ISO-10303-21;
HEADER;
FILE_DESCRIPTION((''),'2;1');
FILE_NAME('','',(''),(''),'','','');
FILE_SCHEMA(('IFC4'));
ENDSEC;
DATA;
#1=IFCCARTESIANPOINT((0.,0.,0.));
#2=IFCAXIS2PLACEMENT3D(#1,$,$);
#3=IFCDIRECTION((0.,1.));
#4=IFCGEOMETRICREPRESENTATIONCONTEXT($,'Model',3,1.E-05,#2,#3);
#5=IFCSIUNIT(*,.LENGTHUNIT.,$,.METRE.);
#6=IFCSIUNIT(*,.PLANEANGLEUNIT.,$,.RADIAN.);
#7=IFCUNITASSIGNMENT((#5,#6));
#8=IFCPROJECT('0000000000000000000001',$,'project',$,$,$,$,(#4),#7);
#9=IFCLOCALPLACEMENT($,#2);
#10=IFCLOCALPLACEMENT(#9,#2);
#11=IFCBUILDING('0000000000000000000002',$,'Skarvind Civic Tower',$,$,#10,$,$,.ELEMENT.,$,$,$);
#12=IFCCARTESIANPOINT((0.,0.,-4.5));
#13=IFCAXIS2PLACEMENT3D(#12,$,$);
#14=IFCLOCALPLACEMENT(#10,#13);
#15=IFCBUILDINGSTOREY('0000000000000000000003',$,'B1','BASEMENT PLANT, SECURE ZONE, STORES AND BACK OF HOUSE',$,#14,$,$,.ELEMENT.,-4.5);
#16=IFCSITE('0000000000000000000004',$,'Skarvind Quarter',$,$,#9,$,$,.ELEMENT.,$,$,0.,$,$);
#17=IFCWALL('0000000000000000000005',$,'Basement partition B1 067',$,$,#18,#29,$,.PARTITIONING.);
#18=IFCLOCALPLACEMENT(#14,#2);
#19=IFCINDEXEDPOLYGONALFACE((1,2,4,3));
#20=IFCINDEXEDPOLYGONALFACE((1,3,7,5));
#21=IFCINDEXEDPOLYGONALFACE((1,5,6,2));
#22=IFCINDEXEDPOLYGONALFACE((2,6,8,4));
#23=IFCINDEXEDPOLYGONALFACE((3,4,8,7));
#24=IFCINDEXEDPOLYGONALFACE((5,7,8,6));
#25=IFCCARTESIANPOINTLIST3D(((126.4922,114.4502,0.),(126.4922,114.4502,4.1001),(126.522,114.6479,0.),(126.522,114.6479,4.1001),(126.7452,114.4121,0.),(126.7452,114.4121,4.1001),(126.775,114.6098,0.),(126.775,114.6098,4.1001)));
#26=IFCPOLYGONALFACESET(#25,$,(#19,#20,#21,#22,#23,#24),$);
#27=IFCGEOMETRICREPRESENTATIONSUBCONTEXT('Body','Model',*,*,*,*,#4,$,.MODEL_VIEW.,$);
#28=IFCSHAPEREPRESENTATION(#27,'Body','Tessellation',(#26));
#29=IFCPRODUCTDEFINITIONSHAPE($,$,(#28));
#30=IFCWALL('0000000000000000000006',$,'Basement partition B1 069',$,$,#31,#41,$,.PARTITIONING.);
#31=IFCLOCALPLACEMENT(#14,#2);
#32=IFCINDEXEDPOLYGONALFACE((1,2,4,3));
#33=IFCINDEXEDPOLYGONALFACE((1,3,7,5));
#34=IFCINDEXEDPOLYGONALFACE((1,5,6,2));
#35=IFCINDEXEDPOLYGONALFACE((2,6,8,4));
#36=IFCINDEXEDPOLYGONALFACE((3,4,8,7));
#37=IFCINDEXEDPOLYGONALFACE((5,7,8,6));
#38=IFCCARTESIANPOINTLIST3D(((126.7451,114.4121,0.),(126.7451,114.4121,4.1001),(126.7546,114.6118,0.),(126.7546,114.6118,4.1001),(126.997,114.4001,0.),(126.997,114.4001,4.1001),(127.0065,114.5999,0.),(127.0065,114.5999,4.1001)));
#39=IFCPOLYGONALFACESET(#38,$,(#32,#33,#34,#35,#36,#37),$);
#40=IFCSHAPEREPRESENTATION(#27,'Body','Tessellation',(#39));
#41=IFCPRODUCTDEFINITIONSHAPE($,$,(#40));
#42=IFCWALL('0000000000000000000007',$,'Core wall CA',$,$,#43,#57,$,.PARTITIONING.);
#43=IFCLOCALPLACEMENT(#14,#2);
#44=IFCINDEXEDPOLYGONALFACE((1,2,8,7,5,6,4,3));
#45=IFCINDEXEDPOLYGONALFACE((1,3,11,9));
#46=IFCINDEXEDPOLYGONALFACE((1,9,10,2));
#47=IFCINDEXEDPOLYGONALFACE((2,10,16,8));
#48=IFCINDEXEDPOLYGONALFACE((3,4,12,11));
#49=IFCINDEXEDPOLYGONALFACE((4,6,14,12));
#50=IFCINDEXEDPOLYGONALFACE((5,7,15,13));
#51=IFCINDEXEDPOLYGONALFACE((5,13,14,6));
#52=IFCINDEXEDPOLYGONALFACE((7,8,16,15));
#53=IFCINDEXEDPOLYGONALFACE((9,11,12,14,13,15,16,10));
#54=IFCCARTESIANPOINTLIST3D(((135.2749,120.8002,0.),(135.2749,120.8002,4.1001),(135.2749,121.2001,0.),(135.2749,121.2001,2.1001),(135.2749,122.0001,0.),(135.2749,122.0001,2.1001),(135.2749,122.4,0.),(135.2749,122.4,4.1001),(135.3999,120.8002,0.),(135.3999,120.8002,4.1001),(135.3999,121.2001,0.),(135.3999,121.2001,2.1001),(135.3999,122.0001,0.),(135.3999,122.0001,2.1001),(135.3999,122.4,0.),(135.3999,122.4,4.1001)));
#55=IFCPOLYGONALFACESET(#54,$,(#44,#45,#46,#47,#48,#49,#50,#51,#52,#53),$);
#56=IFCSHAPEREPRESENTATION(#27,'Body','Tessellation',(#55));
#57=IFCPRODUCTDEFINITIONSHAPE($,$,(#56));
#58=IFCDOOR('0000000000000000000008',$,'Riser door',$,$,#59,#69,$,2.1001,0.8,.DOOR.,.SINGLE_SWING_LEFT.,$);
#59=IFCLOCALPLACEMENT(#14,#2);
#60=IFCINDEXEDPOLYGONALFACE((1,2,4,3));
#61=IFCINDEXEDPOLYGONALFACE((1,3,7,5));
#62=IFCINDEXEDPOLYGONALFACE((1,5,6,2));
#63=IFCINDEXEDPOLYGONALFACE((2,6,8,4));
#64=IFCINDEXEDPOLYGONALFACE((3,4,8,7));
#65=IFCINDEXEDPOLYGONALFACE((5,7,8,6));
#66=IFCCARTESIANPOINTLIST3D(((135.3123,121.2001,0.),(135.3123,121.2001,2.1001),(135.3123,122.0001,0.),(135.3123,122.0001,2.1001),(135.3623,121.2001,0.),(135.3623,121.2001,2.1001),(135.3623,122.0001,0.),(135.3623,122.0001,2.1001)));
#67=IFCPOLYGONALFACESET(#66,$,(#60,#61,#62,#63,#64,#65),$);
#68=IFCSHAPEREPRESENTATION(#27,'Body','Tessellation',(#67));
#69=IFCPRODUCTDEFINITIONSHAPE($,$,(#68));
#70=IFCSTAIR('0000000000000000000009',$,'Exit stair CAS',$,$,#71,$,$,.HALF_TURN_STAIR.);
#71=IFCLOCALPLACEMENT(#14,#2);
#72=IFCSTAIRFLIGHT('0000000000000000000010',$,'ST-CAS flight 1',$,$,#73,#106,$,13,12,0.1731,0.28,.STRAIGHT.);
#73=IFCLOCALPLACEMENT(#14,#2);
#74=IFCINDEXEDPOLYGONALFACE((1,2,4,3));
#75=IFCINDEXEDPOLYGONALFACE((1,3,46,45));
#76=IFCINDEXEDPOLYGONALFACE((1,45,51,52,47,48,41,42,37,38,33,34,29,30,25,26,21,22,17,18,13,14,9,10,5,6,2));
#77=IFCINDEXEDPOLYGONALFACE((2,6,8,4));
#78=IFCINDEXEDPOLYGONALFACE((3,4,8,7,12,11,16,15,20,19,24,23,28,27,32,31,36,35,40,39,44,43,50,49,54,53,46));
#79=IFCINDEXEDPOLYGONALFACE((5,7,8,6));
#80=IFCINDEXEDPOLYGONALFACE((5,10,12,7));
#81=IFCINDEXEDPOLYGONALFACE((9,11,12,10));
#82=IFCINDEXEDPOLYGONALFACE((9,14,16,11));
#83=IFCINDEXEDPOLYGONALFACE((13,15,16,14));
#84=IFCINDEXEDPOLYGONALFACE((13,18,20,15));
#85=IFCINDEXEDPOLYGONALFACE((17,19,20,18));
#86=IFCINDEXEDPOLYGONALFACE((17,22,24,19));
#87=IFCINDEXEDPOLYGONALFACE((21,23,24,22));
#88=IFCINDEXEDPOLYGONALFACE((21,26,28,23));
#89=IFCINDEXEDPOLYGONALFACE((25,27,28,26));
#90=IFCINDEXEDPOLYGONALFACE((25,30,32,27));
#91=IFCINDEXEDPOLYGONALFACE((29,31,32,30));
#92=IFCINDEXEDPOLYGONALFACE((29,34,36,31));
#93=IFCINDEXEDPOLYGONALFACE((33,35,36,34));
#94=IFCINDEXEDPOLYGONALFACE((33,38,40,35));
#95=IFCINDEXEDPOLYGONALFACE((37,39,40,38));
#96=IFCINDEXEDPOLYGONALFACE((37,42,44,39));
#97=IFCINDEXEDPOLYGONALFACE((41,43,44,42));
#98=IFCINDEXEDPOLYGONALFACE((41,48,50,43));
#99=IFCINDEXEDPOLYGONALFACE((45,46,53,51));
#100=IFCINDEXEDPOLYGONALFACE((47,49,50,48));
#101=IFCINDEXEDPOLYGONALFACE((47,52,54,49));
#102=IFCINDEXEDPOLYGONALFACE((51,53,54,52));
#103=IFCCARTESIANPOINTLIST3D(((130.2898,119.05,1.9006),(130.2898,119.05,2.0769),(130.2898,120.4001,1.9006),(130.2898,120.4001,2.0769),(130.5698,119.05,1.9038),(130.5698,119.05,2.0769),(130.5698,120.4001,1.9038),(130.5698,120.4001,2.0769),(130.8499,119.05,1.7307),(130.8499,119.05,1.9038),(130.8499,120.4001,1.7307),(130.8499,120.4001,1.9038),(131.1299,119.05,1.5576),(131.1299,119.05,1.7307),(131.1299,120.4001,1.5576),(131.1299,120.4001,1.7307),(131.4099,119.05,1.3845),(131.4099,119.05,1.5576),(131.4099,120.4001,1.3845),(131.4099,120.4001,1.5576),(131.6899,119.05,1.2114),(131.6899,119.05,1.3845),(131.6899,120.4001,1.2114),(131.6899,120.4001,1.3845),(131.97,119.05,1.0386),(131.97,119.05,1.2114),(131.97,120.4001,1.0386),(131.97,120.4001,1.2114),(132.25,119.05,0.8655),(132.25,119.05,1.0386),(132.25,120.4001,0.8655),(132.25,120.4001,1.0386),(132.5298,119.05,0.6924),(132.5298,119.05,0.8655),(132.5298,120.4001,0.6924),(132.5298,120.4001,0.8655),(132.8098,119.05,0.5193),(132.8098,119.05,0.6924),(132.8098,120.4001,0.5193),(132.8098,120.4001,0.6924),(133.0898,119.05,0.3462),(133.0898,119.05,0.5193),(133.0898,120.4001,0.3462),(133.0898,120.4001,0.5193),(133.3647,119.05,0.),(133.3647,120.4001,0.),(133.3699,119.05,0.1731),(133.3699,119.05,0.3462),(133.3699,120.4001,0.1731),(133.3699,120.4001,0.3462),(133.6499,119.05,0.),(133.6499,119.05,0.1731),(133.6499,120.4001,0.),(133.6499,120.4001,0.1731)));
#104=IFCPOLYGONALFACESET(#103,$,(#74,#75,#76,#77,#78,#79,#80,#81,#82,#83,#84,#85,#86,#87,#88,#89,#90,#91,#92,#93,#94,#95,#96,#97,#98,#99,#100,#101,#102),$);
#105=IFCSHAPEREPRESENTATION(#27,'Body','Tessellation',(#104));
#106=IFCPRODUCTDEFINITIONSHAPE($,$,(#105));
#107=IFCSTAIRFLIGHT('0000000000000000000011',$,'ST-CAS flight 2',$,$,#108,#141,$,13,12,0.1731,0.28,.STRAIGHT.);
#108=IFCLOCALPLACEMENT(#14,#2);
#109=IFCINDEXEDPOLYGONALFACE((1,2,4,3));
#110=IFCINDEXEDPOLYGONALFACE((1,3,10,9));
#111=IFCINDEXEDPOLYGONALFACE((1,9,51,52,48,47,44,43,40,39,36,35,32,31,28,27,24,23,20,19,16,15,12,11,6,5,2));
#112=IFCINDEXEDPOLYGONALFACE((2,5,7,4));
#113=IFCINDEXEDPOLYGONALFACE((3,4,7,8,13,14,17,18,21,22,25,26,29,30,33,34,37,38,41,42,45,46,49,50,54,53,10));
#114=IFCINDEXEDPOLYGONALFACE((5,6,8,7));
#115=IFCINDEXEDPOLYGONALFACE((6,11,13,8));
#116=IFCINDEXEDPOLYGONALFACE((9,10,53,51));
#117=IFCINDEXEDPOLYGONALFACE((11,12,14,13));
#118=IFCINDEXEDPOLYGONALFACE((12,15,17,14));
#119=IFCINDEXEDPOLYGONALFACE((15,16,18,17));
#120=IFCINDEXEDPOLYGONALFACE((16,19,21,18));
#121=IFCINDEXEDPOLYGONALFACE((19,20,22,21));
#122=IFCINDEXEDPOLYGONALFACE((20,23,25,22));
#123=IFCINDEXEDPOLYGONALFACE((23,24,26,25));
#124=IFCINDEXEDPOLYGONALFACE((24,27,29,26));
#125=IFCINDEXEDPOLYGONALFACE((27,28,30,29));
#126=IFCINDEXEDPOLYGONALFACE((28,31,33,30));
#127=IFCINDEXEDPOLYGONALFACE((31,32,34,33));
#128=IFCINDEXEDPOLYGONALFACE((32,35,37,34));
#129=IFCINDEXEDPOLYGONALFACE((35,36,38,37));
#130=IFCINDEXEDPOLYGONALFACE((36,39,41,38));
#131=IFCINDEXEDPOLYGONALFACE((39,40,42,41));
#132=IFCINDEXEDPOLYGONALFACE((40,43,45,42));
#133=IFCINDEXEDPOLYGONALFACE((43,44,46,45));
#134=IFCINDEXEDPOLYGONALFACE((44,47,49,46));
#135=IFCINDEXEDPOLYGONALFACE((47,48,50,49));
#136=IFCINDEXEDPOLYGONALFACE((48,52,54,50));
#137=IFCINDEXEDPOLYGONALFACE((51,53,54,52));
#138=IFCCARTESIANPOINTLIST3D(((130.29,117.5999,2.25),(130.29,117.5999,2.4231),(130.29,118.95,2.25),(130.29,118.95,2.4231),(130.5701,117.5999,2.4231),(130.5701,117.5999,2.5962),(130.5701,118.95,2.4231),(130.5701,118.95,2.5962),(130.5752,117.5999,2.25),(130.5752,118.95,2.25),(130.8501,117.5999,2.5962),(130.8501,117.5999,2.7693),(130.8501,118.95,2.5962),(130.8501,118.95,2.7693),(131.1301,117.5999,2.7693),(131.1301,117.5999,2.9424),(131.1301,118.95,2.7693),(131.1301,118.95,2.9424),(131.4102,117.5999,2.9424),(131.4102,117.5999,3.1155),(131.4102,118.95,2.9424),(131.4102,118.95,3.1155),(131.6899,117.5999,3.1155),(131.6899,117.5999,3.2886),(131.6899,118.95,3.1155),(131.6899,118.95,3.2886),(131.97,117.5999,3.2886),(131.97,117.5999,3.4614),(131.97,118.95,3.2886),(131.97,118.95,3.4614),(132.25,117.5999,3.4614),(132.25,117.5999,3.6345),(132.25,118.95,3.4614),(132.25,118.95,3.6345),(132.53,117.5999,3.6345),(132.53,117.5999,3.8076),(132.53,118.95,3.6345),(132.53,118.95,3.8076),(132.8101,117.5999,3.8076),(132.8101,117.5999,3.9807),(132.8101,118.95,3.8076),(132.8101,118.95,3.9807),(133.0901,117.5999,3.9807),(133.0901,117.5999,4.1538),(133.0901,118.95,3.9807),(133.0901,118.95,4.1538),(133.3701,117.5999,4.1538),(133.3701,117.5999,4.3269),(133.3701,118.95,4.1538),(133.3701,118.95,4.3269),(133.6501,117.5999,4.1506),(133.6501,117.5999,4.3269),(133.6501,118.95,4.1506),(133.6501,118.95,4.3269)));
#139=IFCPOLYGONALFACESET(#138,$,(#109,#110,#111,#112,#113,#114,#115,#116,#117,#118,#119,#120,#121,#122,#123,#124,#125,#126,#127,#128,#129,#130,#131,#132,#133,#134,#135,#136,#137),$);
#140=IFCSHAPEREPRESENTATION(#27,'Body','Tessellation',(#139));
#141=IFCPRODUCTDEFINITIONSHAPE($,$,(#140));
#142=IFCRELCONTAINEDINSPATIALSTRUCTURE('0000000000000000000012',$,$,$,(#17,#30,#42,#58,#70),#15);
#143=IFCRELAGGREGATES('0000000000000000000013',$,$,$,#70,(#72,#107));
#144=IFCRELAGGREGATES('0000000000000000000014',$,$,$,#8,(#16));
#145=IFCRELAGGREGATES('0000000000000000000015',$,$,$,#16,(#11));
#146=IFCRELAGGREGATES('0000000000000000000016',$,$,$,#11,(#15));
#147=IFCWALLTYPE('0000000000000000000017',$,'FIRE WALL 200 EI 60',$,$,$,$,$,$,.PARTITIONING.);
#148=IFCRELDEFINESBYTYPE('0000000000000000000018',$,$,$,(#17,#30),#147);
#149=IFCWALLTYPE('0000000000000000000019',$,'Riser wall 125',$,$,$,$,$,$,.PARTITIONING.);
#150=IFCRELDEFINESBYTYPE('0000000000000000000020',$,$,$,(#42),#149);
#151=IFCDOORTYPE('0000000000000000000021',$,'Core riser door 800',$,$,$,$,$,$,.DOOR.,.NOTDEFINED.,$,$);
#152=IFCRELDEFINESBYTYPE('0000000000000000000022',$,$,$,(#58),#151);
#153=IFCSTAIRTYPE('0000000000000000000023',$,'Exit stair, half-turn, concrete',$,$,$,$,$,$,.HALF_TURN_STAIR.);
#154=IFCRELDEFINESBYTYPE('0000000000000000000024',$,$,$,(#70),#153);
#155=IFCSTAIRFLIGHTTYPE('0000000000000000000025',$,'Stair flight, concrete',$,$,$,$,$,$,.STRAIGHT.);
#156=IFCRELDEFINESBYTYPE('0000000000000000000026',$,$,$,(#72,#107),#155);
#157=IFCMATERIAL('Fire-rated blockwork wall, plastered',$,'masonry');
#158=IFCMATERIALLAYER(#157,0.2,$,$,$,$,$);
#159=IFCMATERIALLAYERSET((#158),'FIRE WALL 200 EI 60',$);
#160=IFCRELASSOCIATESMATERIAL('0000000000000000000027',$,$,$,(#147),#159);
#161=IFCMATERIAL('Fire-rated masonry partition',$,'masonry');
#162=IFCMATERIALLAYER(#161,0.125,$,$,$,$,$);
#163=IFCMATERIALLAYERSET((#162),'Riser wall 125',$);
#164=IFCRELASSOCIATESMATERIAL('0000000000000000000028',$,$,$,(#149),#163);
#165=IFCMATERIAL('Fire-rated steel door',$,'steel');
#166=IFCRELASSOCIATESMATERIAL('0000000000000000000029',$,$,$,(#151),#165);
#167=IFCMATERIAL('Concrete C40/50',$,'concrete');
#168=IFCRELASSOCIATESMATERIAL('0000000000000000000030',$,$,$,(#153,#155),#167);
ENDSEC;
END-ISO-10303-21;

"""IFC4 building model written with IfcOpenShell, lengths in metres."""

from ifc_helpers import new_model, si_unit, direction, frame, frame_2d, origin, place, context, subcontext, project, spatial, polyline, rectangle, outline, extrude, material, layer, layer_set, type_object, element, fill, aggregate, save


model = new_model("IFC4")

# Units and contexts
model_context = context("Model", 3, precision=1e-05, world=origin(), true_north=direction((0.0, 1.0)))
body_context = subcontext(model_context, "Body", "Model", "MODEL_VIEW")
ifc_project = project(units=[si_unit("LENGTHUNIT", "METRE"), si_unit("PLANEANGLEUNIT", "RADIAN")], contexts=[model_context])

# Site, building, storey
site_placement = place(None, origin())
site = spatial("IfcSite", under=ifc_project, at=site_placement, Name="Skarvind Quarter", CompositionType="ELEMENT", RefElevation=0.0)
building_placement = place(site_placement, origin())
building = spatial("IfcBuilding", under=site, at=building_placement, Name="Skarvind Civic Tower", CompositionType="ELEMENT")
storey_placement = place(building_placement, frame((0.0, 0.0, -4.5)))
storey = spatial("IfcBuildingStorey", under=building, at=storey_placement, Name="B1", Description="BASEMENT PLANT, SECURE ZONE, STORES AND BACK OF HOUSE", CompositionType="ELEMENT", Elevation=-4.5)

# Shared definitions
ifc_material_1 = material(Name="Fire-rated steel door", Category="steel")

# Walls
ifc_material_2 = material(Name="Fire-rated blockwork wall, plastered", Category="masonry")
ifc_layer_1 = layer(ifc_material_2, 0.2)
ifc_layer_set_1 = layer_set([ifc_layer_1], Name="FIRE WALL 200 EI 60")
wall_type_1 = type_object("IfcWallType", Name="FIRE WALL 200 EI 60", PredefinedType="PARTITIONING", material=ifc_layer_set_1)
wall_1_placement = place(storey_placement, frame((126.5071, 114.5491, 0.0), z_axis=(0.0, 0.0, 1.0), x_axis=(0.988852, -0.148901, 0.0)))
element("IfcWall", 1, at=wall_1_placement, inside=storey, type_object=wall_type_1, Name="Basement partition B1 067", PredefinedType="PARTITIONING", context=body_context, shape_type="SweptSolid", body=[
    extrude(rectangle(XDim=0.2559, YDim=0.2, at=frame_2d((0.1279, 0.0))), origin(), (0.0, 0.0, 1.0), 4.1001),
])
wall_2_placement = place(storey_placement, frame((126.75, 114.512, 0.0), z_axis=(0.0, 0.0, 1.0), x_axis=(0.998875, -0.047427, 0.0)))
element("IfcWall", 2, at=wall_2_placement, inside=storey, type_object=wall_type_1, Name="Basement partition B1 069", PredefinedType="PARTITIONING", context=body_context, shape_type="SweptSolid", body=[
    extrude(rectangle(XDim=0.2522, YDim=0.2, at=frame_2d((0.126, 0.0))), origin(), (0.0, 0.0, 1.0), 4.1001),
])

# Wall, opening, door
ifc_material_3 = material(Name="Fire-rated masonry partition", Category="masonry")
ifc_layer_2 = layer(ifc_material_3, 0.125)
ifc_layer_set_2 = layer_set([ifc_layer_2], Name="Riser wall 125")
wall_type_2 = type_object("IfcWallType", Name="Riser wall 125", PredefinedType="PARTITIONING", material=ifc_layer_set_2)
wall_3_placement = place(storey_placement, frame((135.3374, 122.3999, 0.0), z_axis=(0.0, 0.0, 1.0), x_axis=(0.0, -1.0, 0.0)))
wall_3 = element("IfcWall", 3, at=wall_3_placement, inside=storey, type_object=wall_type_2, Name="Core wall CA", PredefinedType="PARTITIONING", context=body_context, shape_type="SweptSolid", body=[
    extrude(rectangle(XDim=1.5999, YDim=0.125, at=frame_2d((0.7998, 0.0))), origin(), (0.0, 0.0, 1.0), 4.1001),
])
opening_1_placement = place(wall_3_placement, frame((0.3999, 0.0, 0.0)))
opening_1 = element("IfcOpeningElement", 4, at=opening_1_placement, cuts=wall_3, PredefinedType="OPENING", context=body_context, shape_type="SweptSolid", body=[
    extrude(rectangle(XDim=0.8, YDim=2.1001, at=frame_2d((0.3999, 1.05))), frame((0.0, 0.0725, 0.0), z_axis=(0.0, -1.0, 0.0), x_axis=(1.0, 0.0, 0.0)), (0.0, 0.0, 1.0), 0.145),
])
door_type_1 = type_object("IfcDoorType", Name="Core riser door 800", OperationType="NOTDEFINED", PredefinedType="DOOR", material=ifc_material_1)
door_1_placement = place(opening_1_placement, origin())
door_1 = element("IfcDoor", 5, at=door_1_placement, inside=storey, type_object=door_type_1, Name="Riser door", OperationType="SINGLE_SWING_LEFT", OverallHeight=2.1001, OverallWidth=0.8, PredefinedType="DOOR", context=body_context, shape_type="SweptSolid", body=[
    extrude(rectangle(XDim=0.8, YDim=2.1001, at=frame_2d((0.3999, 1.05))), frame((0.0, 0.0249, 0.0), z_axis=(0.0, -1.0, 0.0), x_axis=(1.0, 0.0, 0.0)), (0.0, 0.0, 1.0), 0.05),
])
fill(opening_1, door_1)

# Stair, stair flights
ifc_material_4 = material(Name="Concrete C40/50", Category="concrete")
stair_type = type_object("IfcStairType", Name="Exit stair, half-turn, concrete", PredefinedType="HALF_TURN_STAIR", material=ifc_material_4)
stair_placement = place(storey_placement, origin())
stair = element("IfcStair", 6, at=stair_placement, inside=storey, type_object=stair_type, Name="Exit stair CAS", PredefinedType="HALF_TURN_STAIR")
stair_flight_type = type_object("IfcStairFlightType", Name="Stair flight, concrete", PredefinedType="STRAIGHT", material=ifc_material_4)
stair_flight_1_placement = place(storey_placement, frame((133.6499, 119.7251, 0.0), z_axis=(0.0, 0.0, 1.0), x_axis=(-1.0, 0.0, 0.0)))
stair_flight_1 = element("IfcStairFlight", 7, at=stair_flight_1_placement, type_object=stair_flight_type, Name="ST-CAS flight 1", NumberOfRisers=13, NumberOfTreads=12, PredefinedType="STRAIGHT", RiserHeight=0.1731, TreadLength=0.28, context=body_context, shape_type="SweptSolid", body=[
    extrude(outline(polyline([(0.0, 0.0), (0.0, 0.1731), (0.28, 0.1731), (0.28, 0.3462), (0.5601, 0.3462), (0.5601, 0.5193), (0.8401, 0.5193), (0.8401, 0.6924), (1.1201, 0.6924), (1.1201, 0.8655), (1.3999, 0.8655), (1.3999, 1.0386), (1.6799, 1.0386), (1.6799, 1.2114), (1.96, 1.2114), (1.96, 1.3845), (2.24, 1.3845), (2.24, 1.5576), (2.52, 1.5576), (2.52, 1.7307), (2.8, 1.7307), (2.8, 1.9038), (3.0801, 1.9038), (3.0801, 2.0769), (3.3601, 2.0769), (3.3601, 2.25), (3.3601, 1.9006), (0.2852, 0.0), (0.0, 0.0)])), frame((0.0, 0.675, 0.0), z_axis=(0.0, -1.0, 0.0), x_axis=(1.0, 0.0, 0.0)), (0.0, 0.0, 1.0), 1.3501),
])
stair_flight_2_placement = place(storey_placement, frame((130.29, 118.2749, 2.25), z_axis=(0.0, 0.0, 1.0), x_axis=(1.0, 0.0, 0.0)))
stair_flight_2 = element("IfcStairFlight", 8, at=stair_flight_2_placement, type_object=stair_flight_type, Name="ST-CAS flight 2", NumberOfRisers=13, NumberOfTreads=12, PredefinedType="STRAIGHT", RiserHeight=0.1731, TreadLength=0.28, context=body_context, shape_type="SweptSolid", body=[
    extrude(outline(polyline([(0.0, 0.0), (0.0, 0.1731), (0.28, 0.1731), (0.28, 0.3462), (0.5601, 0.3462), (0.5601, 0.5193), (0.8401, 0.5193), (0.8401, 0.6924), (1.1201, 0.6924), (1.1201, 0.8655), (1.3999, 0.8655), (1.3999, 1.0386), (1.6799, 1.0386), (1.6799, 1.2114), (1.96, 1.2114), (1.96, 1.3845), (2.24, 1.3845), (2.24, 1.5576), (2.52, 1.5576), (2.52, 1.7307), (2.8, 1.7307), (2.8, 1.9038), (3.0801, 1.9038), (3.0801, 2.0769), (3.3601, 2.0769), (3.3601, 2.25), (3.3601, 1.9006), (0.2852, 0.0), (0.0, 0.0)])), frame((0.0, 0.675, 0.0), z_axis=(0.0, -1.0, 0.0), x_axis=(1.0, 0.0, 0.0)), (0.0, 0.0, 1.0), 1.3501),
])
aggregate(stair, [stair_flight_1, stair_flight_2])

save(model, "model.ifc")
